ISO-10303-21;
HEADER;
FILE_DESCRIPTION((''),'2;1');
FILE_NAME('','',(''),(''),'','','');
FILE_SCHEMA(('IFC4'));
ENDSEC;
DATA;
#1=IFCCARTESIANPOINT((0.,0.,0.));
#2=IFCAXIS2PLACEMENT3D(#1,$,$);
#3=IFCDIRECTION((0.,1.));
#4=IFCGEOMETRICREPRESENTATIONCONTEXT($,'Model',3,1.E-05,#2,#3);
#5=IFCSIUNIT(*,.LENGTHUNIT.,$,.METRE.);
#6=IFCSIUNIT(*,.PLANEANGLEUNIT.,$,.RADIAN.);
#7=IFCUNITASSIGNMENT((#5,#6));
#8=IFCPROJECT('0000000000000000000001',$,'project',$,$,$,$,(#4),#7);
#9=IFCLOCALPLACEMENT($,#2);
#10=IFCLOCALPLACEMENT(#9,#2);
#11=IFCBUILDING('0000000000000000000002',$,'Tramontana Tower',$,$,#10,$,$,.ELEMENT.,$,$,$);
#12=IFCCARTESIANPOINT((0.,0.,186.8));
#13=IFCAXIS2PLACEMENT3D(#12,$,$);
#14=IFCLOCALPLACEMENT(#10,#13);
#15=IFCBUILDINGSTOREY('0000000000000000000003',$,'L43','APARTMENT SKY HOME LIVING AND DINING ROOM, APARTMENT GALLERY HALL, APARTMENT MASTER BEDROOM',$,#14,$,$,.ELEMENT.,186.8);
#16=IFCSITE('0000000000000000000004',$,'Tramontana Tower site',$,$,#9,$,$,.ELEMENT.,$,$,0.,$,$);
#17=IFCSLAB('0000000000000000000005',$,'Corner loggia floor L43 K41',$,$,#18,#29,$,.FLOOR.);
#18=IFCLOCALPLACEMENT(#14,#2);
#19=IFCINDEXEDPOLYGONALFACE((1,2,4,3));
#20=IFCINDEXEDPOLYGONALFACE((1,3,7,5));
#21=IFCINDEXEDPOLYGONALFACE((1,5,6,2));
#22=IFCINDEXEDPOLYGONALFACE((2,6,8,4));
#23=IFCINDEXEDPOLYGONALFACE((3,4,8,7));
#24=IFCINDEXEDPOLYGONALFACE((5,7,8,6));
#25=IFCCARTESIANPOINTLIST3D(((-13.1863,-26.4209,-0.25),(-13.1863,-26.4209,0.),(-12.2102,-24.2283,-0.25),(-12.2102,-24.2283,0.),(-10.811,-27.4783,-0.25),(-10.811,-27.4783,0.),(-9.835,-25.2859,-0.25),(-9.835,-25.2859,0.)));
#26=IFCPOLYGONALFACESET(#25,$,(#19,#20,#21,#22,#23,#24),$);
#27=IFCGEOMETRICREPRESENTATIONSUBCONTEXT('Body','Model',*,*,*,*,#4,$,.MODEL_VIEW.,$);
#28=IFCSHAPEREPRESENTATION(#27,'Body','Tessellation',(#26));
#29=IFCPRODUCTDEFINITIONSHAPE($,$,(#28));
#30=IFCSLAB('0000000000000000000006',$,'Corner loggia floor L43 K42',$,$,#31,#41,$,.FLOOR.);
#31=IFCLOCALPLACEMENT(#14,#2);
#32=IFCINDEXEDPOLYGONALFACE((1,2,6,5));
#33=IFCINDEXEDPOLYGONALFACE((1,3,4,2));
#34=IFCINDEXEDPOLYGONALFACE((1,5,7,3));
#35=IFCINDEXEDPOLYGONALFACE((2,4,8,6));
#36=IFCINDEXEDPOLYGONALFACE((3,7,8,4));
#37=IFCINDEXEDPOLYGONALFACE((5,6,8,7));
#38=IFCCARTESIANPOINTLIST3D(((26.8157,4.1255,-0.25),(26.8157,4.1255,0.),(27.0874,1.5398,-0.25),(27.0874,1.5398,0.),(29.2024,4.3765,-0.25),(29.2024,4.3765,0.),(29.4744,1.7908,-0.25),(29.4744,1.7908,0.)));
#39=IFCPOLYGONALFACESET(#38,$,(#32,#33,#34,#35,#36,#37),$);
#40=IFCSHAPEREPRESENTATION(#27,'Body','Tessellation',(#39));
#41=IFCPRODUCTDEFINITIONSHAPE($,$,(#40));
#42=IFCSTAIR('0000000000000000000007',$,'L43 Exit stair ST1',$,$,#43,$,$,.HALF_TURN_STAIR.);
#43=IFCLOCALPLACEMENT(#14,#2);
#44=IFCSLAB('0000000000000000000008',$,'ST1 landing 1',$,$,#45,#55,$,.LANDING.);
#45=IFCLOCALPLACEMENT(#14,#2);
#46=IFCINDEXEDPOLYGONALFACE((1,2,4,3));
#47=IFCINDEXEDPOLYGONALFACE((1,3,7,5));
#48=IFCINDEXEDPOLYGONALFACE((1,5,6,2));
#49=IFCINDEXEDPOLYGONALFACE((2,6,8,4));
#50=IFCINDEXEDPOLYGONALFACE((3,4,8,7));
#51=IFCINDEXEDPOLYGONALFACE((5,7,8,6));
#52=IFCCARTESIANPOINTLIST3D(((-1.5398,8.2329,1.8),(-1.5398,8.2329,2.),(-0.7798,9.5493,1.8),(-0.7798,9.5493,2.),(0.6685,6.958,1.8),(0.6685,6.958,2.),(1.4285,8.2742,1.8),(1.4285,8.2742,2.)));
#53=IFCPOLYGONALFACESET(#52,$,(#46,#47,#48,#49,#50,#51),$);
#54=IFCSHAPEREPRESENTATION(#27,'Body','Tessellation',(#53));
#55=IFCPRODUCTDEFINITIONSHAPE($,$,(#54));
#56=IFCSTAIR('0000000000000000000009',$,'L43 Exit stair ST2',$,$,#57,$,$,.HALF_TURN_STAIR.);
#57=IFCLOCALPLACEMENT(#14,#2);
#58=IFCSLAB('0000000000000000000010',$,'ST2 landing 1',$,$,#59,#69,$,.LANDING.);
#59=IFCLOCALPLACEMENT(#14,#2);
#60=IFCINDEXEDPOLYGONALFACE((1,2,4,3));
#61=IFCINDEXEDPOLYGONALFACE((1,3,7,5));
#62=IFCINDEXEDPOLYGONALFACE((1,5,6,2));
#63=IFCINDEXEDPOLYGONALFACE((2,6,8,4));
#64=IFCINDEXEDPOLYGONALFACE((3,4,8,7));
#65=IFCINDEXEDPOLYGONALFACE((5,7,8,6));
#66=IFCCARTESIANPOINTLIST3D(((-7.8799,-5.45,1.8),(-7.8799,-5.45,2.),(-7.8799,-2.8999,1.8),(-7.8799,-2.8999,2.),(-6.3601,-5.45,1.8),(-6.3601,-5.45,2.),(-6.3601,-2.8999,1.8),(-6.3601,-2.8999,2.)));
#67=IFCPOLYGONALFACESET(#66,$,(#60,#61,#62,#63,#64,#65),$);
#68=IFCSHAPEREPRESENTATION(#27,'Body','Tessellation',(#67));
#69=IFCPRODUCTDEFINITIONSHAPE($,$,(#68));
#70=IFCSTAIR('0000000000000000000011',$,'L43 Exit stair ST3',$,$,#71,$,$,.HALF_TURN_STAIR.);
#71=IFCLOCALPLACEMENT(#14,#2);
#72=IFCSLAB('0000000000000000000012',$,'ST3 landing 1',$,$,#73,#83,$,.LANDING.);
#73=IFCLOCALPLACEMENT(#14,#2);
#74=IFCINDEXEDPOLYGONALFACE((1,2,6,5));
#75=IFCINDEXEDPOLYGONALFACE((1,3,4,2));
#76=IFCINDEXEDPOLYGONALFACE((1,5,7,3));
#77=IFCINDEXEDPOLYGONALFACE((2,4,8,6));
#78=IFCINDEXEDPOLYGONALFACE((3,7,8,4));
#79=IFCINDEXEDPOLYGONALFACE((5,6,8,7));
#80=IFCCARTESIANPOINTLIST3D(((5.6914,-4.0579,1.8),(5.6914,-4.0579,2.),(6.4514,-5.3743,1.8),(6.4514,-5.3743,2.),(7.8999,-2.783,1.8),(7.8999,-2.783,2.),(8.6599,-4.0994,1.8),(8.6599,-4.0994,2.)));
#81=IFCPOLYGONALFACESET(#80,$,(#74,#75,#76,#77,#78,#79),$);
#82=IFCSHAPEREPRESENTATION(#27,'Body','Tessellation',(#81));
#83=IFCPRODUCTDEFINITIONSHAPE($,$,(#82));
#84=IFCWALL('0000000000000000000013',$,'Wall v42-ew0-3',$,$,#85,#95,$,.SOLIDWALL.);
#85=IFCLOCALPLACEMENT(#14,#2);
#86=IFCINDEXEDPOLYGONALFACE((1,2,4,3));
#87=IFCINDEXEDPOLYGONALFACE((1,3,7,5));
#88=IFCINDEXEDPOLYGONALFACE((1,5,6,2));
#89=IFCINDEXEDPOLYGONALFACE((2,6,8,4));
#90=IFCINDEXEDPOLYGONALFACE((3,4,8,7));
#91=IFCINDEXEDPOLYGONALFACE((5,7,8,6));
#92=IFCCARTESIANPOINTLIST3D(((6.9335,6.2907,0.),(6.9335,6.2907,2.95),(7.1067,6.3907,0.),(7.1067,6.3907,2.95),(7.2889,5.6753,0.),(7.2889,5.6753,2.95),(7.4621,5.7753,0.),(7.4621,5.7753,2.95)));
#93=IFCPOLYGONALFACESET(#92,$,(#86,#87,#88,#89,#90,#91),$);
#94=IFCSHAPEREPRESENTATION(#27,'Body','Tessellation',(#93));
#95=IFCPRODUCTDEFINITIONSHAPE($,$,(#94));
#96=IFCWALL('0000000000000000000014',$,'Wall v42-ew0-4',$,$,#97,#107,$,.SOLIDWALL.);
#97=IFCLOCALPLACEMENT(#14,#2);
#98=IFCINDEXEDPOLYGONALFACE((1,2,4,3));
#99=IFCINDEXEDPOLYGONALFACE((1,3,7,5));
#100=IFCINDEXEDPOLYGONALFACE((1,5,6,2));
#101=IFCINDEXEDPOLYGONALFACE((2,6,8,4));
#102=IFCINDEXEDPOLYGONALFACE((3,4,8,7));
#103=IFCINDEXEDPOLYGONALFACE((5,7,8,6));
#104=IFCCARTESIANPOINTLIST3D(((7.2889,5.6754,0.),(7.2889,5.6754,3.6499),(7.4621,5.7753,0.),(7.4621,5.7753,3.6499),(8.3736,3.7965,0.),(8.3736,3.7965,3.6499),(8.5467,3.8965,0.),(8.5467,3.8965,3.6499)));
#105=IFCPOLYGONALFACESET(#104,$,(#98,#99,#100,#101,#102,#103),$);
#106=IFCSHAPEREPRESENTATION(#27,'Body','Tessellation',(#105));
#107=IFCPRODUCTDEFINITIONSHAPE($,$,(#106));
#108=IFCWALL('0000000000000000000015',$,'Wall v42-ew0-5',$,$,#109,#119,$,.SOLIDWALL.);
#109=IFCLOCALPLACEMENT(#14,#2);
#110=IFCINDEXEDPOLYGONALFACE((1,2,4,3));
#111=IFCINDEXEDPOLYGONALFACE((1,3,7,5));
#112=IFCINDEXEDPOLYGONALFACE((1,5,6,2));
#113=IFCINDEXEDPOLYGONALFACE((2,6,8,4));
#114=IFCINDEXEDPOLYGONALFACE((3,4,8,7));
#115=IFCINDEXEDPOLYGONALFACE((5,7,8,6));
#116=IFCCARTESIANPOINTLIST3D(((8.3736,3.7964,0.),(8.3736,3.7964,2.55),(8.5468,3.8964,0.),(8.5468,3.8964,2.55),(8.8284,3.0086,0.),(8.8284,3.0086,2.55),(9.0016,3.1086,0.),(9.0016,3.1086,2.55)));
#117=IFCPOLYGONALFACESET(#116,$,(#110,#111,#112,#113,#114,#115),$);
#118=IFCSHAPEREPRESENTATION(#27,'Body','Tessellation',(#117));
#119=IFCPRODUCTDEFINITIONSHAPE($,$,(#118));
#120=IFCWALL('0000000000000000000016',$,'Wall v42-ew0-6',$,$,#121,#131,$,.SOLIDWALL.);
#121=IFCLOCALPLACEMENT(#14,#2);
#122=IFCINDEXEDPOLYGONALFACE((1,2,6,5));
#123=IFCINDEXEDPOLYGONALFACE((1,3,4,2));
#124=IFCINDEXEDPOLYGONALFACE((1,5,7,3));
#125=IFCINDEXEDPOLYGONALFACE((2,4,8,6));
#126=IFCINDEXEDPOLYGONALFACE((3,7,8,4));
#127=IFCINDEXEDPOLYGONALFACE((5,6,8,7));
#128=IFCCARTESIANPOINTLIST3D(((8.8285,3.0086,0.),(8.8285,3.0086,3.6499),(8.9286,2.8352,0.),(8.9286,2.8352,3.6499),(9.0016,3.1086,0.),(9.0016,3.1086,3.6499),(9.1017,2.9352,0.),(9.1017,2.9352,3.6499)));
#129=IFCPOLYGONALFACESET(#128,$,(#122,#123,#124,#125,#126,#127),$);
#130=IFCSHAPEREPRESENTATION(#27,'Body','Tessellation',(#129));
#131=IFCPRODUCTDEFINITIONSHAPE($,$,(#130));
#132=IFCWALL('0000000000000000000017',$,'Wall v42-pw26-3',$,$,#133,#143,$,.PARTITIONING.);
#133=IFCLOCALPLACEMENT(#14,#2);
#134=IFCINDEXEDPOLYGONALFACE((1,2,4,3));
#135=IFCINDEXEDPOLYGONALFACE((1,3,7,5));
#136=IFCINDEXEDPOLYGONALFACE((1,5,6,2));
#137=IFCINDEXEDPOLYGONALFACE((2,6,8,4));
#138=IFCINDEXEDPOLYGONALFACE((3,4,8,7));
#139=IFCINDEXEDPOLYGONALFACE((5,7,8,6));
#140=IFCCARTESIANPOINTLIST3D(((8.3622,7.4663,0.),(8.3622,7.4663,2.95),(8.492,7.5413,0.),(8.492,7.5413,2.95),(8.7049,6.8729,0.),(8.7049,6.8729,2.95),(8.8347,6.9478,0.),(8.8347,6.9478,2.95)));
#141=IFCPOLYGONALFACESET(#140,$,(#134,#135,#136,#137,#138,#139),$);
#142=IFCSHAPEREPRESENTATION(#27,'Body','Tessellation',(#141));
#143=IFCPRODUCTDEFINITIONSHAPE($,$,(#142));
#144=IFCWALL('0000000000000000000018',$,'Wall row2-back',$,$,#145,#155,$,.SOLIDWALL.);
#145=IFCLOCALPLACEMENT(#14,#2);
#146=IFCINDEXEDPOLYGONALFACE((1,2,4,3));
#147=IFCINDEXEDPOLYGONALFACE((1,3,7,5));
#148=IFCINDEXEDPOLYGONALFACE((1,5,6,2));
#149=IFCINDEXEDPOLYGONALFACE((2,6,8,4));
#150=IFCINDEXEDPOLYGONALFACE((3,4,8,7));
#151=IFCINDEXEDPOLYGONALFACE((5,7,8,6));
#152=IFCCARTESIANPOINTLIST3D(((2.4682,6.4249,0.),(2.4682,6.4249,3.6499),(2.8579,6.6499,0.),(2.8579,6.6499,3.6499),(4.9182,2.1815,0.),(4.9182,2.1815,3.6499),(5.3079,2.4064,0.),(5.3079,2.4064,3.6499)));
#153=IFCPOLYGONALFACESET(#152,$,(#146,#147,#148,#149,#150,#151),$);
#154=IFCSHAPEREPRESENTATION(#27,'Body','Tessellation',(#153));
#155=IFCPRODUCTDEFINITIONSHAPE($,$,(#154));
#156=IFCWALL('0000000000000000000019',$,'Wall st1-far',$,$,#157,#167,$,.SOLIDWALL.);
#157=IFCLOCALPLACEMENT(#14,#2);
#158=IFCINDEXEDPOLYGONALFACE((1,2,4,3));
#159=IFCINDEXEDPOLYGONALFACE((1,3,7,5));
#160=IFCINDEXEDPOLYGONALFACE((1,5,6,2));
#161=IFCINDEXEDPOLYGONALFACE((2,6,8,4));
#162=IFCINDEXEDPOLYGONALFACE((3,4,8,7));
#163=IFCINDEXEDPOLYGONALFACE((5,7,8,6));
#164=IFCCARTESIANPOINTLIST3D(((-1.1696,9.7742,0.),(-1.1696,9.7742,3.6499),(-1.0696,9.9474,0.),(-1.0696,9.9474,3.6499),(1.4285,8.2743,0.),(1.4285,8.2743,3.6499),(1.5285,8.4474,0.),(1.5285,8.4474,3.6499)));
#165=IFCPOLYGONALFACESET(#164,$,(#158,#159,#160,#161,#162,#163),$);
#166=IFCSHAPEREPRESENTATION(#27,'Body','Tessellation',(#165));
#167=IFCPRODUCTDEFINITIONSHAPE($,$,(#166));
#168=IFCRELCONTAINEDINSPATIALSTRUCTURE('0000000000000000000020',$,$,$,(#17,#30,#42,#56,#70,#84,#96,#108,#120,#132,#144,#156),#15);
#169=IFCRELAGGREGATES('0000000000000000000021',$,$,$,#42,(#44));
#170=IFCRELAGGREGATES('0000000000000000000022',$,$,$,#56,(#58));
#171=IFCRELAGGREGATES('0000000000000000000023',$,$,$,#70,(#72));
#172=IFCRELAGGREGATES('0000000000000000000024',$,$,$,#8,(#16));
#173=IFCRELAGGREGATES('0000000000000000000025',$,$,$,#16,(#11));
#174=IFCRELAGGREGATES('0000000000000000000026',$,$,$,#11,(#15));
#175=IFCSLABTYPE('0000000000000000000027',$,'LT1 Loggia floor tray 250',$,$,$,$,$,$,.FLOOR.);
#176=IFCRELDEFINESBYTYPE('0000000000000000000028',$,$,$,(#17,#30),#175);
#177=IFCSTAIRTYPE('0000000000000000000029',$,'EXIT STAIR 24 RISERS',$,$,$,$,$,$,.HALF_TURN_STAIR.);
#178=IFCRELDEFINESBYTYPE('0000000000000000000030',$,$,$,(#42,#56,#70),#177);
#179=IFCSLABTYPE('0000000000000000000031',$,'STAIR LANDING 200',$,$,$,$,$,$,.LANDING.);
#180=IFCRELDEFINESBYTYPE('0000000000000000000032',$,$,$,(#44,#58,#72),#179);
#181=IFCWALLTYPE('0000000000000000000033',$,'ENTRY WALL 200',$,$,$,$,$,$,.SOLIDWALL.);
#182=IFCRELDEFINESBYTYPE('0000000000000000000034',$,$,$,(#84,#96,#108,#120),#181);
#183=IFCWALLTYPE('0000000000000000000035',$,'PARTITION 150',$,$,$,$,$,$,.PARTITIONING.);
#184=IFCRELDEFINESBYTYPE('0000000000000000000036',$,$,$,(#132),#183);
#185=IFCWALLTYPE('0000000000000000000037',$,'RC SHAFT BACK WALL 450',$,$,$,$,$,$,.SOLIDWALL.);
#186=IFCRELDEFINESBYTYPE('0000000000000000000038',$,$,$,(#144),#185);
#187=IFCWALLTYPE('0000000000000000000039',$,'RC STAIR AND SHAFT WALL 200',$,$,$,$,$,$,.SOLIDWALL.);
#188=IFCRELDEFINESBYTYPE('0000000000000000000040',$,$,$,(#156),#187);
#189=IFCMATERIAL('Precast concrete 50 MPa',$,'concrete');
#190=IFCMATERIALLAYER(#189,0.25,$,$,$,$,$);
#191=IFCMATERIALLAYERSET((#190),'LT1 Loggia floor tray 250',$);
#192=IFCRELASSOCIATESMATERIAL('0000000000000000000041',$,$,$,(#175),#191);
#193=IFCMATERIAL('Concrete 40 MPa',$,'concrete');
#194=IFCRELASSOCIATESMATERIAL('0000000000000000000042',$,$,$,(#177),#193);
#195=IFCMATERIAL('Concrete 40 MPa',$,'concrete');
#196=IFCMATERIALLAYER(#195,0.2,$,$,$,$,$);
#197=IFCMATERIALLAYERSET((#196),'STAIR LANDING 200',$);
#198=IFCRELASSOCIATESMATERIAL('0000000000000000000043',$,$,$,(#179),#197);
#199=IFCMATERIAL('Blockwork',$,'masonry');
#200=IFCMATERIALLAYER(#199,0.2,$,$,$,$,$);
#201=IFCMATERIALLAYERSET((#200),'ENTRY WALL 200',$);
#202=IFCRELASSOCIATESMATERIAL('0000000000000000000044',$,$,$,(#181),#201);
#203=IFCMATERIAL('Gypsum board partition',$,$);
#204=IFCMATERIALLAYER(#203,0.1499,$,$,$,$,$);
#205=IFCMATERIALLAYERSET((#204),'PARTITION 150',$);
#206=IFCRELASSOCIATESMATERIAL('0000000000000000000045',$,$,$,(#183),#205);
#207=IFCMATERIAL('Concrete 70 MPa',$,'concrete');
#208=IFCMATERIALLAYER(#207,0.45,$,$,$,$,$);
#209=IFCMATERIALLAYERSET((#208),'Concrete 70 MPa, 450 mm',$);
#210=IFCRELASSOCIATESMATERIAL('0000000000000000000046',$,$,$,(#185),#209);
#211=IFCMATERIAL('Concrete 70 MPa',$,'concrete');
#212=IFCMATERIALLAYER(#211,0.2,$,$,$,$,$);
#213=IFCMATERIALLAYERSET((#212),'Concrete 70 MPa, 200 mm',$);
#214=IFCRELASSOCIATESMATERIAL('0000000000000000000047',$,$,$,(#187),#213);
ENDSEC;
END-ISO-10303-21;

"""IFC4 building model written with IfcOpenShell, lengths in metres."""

from ifc_helpers import new_model, si_unit, direction, frame, frame_2d, origin, place, context, subcontext, project, spatial, polyline, rectangle, outline, extrude, material, layer, layer_set, type_object, element, aggregate, save


model = new_model("IFC4")

# Units and contexts
model_context = context("Model", 3, precision=1e-05, world=origin(), true_north=direction((0.0, 1.0)))
body_context = subcontext(model_context, "Body", "Model", "MODEL_VIEW")
ifc_project = project(units=[si_unit("LENGTHUNIT", "METRE"), si_unit("PLANEANGLEUNIT", "RADIAN")], contexts=[model_context])

# Site, building, storey
site_placement = place(None, origin())
site = spatial("IfcSite", under=ifc_project, at=site_placement, Name="Tramontana Tower site", CompositionType="ELEMENT", RefElevation=0.0)
building_placement = place(site_placement, origin())
building = spatial("IfcBuilding", under=site, at=building_placement, Name="Tramontana Tower", CompositionType="ELEMENT")
storey_placement = place(building_placement, frame((0.0, 0.0, 186.8)))
storey = spatial("IfcBuildingStorey", under=building, at=storey_placement, Name="L43", Description="APARTMENT SKY HOME LIVING AND DINING ROOM, APARTMENT GALLERY HALL, APARTMENT MASTER BEDROOM", CompositionType="ELEMENT", Elevation=186.8)

# Slabs
ifc_material_1 = material(Name="Precast concrete 50 MPa", Category="concrete")
ifc_layer_1 = layer(ifc_material_1, 0.25)
ifc_layer_set_1 = layer_set([ifc_layer_1], Name="LT1 Loggia floor tray 250")
slab_type_1 = type_object("IfcSlabType", Name="LT1 Loggia floor tray 250", PredefinedType="FLOOR", material=ifc_layer_set_1)
slab_1_placement = place(storey_placement, frame((0.0, 0.0, -0.25)))
element("IfcSlab", 1, at=slab_1_placement, inside=storey, type_object=slab_type_1, Name="Corner loggia floor L43 K41", PredefinedType="FLOOR", context=body_context, shape_type="SweptSolid", body=[
    extrude(outline(polyline([(-13.1863, -26.4209), (-12.2102, -24.2283), (-9.835, -25.2859), (-10.811, -27.4783), (-13.1863, -26.4209)])), origin(), (0.0, 0.0, 1.0), 0.25),
])
slab_2_placement = place(storey_placement, frame((0.0, 0.0, -0.25)))
element("IfcSlab", 2, at=slab_2_placement, inside=storey, type_object=slab_type_1, Name="Corner loggia floor L43 K42", PredefinedType="FLOOR", context=body_context, shape_type="SweptSolid", body=[
    extrude(outline(polyline([(29.4744, 1.7908), (27.0874, 1.5398), (26.8157, 4.1255), (29.2024, 4.3765), (29.4744, 1.7908)])), origin(), (0.0, 0.0, 1.0), 0.25),
])

# Stairs, slabs
ifc_material_2 = material(Name="Concrete 40 MPa", Category="concrete")
stair_type = type_object("IfcStairType", Name="EXIT STAIR 24 RISERS", PredefinedType="HALF_TURN_STAIR", material=ifc_material_2)
stair_1_placement = place(storey_placement, origin())
stair_1 = element("IfcStair", 3, at=stair_1_placement, inside=storey, type_object=stair_type, Name="L43 Exit stair ST1", PredefinedType="HALF_TURN_STAIR")
ifc_material_3 = material(Name="Concrete 40 MPa", Category="concrete")
ifc_layer_2 = layer(ifc_material_3, 0.2)
ifc_layer_set_2 = layer_set([ifc_layer_2], Name="STAIR LANDING 200")
slab_type_2 = type_object("IfcSlabType", Name="STAIR LANDING 200", PredefinedType="LANDING", material=ifc_layer_set_2)
slab_3_placement = place(storey_placement, frame((0.0, 0.0, 1.8)))
slab_3 = element("IfcSlab", 4, at=slab_3_placement, type_object=slab_type_2, Name="ST1 landing 1", PredefinedType="LANDING", context=body_context, shape_type="SweptSolid", body=[
    extrude(outline(polyline([(0.6685, 6.958), (1.4285, 8.2742), (-0.7798, 9.5493), (-1.5398, 8.2329), (0.6685, 6.958)])), origin(), (0.0, 0.0, 1.0), 0.2),
])
aggregate(stair_1, [slab_3])
stair_2_placement = place(storey_placement, origin())
stair_2 = element("IfcStair", 5, at=stair_2_placement, inside=storey, type_object=stair_type, Name="L43 Exit stair ST2", PredefinedType="HALF_TURN_STAIR")
slab_4_placement = place(storey_placement, frame((0.0, 0.0, 1.8)))
slab_4 = element("IfcSlab", 6, at=slab_4_placement, type_object=slab_type_2, Name="ST2 landing 1", PredefinedType="LANDING", context=body_context, shape_type="SweptSolid", body=[
    extrude(outline(polyline([(-6.3601, -2.8999), (-7.8799, -2.8999), (-7.8799, -5.45), (-6.3601, -5.45), (-6.3601, -2.8999)])), origin(), (0.0, 0.0, 1.0), 0.2),
])
aggregate(stair_2, [slab_4])
stair_3_placement = place(storey_placement, origin())
stair_3 = element("IfcStair", 7, at=stair_3_placement, inside=storey, type_object=stair_type, Name="L43 Exit stair ST3", PredefinedType="HALF_TURN_STAIR")
slab_5_placement = place(storey_placement, frame((0.0, 0.0, 1.8)))
slab_5 = element("IfcSlab", 8, at=slab_5_placement, type_object=slab_type_2, Name="ST3 landing 1", PredefinedType="LANDING", context=body_context, shape_type="SweptSolid", body=[
    extrude(outline(polyline([(5.6914, -4.0579), (6.4514, -5.3743), (8.6599, -4.0994), (7.8999, -2.783), (5.6914, -4.0579)])), origin(), (0.0, 0.0, 1.0), 0.2),
])
aggregate(stair_3, [slab_5])

# Walls
ifc_material_4 = material(Name="Blockwork", Category="masonry")
ifc_layer_3 = layer(ifc_material_4, 0.2)
ifc_layer_set_3 = layer_set([ifc_layer_3], Name="ENTRY WALL 200")
wall_type_1 = type_object("IfcWallType", Name="ENTRY WALL 200", PredefinedType="SOLIDWALL", material=ifc_layer_set_3)
wall_1_placement = place(storey_placement, frame((7.02, 6.3408, 0.0), z_axis=(0.0, 0.0, 1.0), x_axis=(0.500129, -0.865951, 0.0)))
element("IfcWall", 9, at=wall_1_placement, inside=storey, type_object=wall_type_1, Name="Wall v42-ew0-3", PredefinedType="SOLIDWALL", context=body_context, shape_type="SweptSolid", body=[
    extrude(rectangle(XDim=0.7107, YDim=0.2, at=frame_2d((0.3555, 0.0))), origin(), (0.0, 0.0, 1.0), 2.95),
])
wall_2_placement = place(storey_placement, frame((7.3755, 5.7253, 0.0), z_axis=(0.0, 0.0, 1.0), x_axis=(0.499976, -0.866039, 0.0)))
element("IfcWall", 10, at=wall_2_placement, inside=storey, type_object=wall_type_1, Name="Wall v42-ew0-4", PredefinedType="SOLIDWALL", context=body_context, shape_type="SweptSolid", body=[
    extrude(rectangle(XDim=2.1694, YDim=0.2, at=frame_2d((1.0847, 0.0))), origin(), (0.0, 0.0, 1.0), 3.6499),
])
wall_3_placement = place(storey_placement, frame((8.4602, 3.8464, 0.0), z_axis=(0.0, 0.0, 1.0), x_axis=(0.499978, -0.866038, 0.0)))
element("IfcWall", 11, at=wall_3_placement, inside=storey, type_object=wall_type_1, Name="Wall v42-ew0-5", PredefinedType="SOLIDWALL", context=body_context, shape_type="SweptSolid", body=[
    extrude(rectangle(XDim=0.9097, YDim=0.2, at=frame_2d((0.4548, 0.0))), origin(), (0.0, 0.0, 1.0), 2.55),
])
wall_4_placement = place(storey_placement, frame((8.915, 3.0586, 0.0), z_axis=(0.0, 0.0, 1.0), x_axis=(0.500074, -0.865982, 0.0)))
element("IfcWall", 12, at=wall_4_placement, inside=storey, type_object=wall_type_1, Name="Wall v42-ew0-6", PredefinedType="SOLIDWALL", context=body_context, shape_type="SweptSolid", body=[
    extrude(rectangle(XDim=0.2002, YDim=0.2, at=frame_2d((0.1001, 0.0))), origin(), (0.0, 0.0, 1.0), 3.6499),
])

# Wall
ifc_material_5 = material(Name="Gypsum board partition")
ifc_layer_4 = layer(ifc_material_5, 0.1499)
ifc_layer_set_4 = layer_set([ifc_layer_4], Name="PARTITION 150")
wall_type_2 = type_object("IfcWallType", Name="PARTITION 150", PredefinedType="PARTITIONING", material=ifc_layer_set_4)
wall_5_placement = place(storey_placement, frame((8.427, 7.5039, 0.0), z_axis=(0.0, 0.0, 1.0), x_axis=(0.500123, -0.865954, 0.0)))
element("IfcWall", 13, at=wall_5_placement, inside=storey, type_object=wall_type_2, Name="Wall v42-pw26-3", PredefinedType="PARTITIONING", context=body_context, shape_type="SweptSolid", body=[
    extrude(rectangle(XDim=0.6853, YDim=0.1499, at=frame_2d((0.3428, 0.0))), origin(), (0.0, 0.0, 1.0), 2.95),
])

# Walls
ifc_material_6 = material(Name="Concrete 70 MPa", Category="concrete")
ifc_layer_5 = layer(ifc_material_6, 0.45)
ifc_layer_set_5 = layer_set([ifc_layer_5], Name="Concrete 70 MPa, 450 mm")
wall_type_3 = type_object("IfcWallType", Name="RC SHAFT BACK WALL 450", PredefinedType="SOLIDWALL", material=ifc_layer_set_5)
wall_6_placement = place(storey_placement, frame((5.113, 2.2939, 0.0), z_axis=(0.0, 0.0, 1.0), x_axis=(-0.500003, 0.866024, 0.0)))
element("IfcWall", 14, at=wall_6_placement, inside=storey, type_object=wall_type_3, Name="Wall row2-back", PredefinedType="SOLIDWALL", context=body_context, shape_type="SweptSolid", body=[
    extrude(rectangle(XDim=4.8999, YDim=0.45, at=frame_2d((2.45, 0.0))), origin(), (0.0, 0.0, 1.0), 3.6499),
])
ifc_material_7 = material(Name="Concrete 70 MPa", Category="concrete")
ifc_layer_6 = layer(ifc_material_7, 0.2)
ifc_layer_set_6 = layer_set([ifc_layer_6], Name="Concrete 70 MPa, 200 mm")
wall_type_4 = type_object("IfcWallType", Name="RC STAIR AND SHAFT WALL 200", PredefinedType="SOLIDWALL", material=ifc_layer_set_6)
wall_7_placement = place(storey_placement, frame((1.4785, 8.3608, 0.0), z_axis=(0.0, 0.0, 1.0), x_axis=(-0.866031, 0.49999, 0.0)))
element("IfcWall", 15, at=wall_7_placement, inside=storey, type_object=wall_type_4, Name="Wall st1-far", PredefinedType="SOLIDWALL", context=body_context, shape_type="SweptSolid", body=[
    extrude(rectangle(XDim=3.0, YDim=0.2, at=frame_2d((1.5, 0.0))), origin(), (0.0, 0.0, 1.0), 3.6499),
])

save(model, "model.ifc")
